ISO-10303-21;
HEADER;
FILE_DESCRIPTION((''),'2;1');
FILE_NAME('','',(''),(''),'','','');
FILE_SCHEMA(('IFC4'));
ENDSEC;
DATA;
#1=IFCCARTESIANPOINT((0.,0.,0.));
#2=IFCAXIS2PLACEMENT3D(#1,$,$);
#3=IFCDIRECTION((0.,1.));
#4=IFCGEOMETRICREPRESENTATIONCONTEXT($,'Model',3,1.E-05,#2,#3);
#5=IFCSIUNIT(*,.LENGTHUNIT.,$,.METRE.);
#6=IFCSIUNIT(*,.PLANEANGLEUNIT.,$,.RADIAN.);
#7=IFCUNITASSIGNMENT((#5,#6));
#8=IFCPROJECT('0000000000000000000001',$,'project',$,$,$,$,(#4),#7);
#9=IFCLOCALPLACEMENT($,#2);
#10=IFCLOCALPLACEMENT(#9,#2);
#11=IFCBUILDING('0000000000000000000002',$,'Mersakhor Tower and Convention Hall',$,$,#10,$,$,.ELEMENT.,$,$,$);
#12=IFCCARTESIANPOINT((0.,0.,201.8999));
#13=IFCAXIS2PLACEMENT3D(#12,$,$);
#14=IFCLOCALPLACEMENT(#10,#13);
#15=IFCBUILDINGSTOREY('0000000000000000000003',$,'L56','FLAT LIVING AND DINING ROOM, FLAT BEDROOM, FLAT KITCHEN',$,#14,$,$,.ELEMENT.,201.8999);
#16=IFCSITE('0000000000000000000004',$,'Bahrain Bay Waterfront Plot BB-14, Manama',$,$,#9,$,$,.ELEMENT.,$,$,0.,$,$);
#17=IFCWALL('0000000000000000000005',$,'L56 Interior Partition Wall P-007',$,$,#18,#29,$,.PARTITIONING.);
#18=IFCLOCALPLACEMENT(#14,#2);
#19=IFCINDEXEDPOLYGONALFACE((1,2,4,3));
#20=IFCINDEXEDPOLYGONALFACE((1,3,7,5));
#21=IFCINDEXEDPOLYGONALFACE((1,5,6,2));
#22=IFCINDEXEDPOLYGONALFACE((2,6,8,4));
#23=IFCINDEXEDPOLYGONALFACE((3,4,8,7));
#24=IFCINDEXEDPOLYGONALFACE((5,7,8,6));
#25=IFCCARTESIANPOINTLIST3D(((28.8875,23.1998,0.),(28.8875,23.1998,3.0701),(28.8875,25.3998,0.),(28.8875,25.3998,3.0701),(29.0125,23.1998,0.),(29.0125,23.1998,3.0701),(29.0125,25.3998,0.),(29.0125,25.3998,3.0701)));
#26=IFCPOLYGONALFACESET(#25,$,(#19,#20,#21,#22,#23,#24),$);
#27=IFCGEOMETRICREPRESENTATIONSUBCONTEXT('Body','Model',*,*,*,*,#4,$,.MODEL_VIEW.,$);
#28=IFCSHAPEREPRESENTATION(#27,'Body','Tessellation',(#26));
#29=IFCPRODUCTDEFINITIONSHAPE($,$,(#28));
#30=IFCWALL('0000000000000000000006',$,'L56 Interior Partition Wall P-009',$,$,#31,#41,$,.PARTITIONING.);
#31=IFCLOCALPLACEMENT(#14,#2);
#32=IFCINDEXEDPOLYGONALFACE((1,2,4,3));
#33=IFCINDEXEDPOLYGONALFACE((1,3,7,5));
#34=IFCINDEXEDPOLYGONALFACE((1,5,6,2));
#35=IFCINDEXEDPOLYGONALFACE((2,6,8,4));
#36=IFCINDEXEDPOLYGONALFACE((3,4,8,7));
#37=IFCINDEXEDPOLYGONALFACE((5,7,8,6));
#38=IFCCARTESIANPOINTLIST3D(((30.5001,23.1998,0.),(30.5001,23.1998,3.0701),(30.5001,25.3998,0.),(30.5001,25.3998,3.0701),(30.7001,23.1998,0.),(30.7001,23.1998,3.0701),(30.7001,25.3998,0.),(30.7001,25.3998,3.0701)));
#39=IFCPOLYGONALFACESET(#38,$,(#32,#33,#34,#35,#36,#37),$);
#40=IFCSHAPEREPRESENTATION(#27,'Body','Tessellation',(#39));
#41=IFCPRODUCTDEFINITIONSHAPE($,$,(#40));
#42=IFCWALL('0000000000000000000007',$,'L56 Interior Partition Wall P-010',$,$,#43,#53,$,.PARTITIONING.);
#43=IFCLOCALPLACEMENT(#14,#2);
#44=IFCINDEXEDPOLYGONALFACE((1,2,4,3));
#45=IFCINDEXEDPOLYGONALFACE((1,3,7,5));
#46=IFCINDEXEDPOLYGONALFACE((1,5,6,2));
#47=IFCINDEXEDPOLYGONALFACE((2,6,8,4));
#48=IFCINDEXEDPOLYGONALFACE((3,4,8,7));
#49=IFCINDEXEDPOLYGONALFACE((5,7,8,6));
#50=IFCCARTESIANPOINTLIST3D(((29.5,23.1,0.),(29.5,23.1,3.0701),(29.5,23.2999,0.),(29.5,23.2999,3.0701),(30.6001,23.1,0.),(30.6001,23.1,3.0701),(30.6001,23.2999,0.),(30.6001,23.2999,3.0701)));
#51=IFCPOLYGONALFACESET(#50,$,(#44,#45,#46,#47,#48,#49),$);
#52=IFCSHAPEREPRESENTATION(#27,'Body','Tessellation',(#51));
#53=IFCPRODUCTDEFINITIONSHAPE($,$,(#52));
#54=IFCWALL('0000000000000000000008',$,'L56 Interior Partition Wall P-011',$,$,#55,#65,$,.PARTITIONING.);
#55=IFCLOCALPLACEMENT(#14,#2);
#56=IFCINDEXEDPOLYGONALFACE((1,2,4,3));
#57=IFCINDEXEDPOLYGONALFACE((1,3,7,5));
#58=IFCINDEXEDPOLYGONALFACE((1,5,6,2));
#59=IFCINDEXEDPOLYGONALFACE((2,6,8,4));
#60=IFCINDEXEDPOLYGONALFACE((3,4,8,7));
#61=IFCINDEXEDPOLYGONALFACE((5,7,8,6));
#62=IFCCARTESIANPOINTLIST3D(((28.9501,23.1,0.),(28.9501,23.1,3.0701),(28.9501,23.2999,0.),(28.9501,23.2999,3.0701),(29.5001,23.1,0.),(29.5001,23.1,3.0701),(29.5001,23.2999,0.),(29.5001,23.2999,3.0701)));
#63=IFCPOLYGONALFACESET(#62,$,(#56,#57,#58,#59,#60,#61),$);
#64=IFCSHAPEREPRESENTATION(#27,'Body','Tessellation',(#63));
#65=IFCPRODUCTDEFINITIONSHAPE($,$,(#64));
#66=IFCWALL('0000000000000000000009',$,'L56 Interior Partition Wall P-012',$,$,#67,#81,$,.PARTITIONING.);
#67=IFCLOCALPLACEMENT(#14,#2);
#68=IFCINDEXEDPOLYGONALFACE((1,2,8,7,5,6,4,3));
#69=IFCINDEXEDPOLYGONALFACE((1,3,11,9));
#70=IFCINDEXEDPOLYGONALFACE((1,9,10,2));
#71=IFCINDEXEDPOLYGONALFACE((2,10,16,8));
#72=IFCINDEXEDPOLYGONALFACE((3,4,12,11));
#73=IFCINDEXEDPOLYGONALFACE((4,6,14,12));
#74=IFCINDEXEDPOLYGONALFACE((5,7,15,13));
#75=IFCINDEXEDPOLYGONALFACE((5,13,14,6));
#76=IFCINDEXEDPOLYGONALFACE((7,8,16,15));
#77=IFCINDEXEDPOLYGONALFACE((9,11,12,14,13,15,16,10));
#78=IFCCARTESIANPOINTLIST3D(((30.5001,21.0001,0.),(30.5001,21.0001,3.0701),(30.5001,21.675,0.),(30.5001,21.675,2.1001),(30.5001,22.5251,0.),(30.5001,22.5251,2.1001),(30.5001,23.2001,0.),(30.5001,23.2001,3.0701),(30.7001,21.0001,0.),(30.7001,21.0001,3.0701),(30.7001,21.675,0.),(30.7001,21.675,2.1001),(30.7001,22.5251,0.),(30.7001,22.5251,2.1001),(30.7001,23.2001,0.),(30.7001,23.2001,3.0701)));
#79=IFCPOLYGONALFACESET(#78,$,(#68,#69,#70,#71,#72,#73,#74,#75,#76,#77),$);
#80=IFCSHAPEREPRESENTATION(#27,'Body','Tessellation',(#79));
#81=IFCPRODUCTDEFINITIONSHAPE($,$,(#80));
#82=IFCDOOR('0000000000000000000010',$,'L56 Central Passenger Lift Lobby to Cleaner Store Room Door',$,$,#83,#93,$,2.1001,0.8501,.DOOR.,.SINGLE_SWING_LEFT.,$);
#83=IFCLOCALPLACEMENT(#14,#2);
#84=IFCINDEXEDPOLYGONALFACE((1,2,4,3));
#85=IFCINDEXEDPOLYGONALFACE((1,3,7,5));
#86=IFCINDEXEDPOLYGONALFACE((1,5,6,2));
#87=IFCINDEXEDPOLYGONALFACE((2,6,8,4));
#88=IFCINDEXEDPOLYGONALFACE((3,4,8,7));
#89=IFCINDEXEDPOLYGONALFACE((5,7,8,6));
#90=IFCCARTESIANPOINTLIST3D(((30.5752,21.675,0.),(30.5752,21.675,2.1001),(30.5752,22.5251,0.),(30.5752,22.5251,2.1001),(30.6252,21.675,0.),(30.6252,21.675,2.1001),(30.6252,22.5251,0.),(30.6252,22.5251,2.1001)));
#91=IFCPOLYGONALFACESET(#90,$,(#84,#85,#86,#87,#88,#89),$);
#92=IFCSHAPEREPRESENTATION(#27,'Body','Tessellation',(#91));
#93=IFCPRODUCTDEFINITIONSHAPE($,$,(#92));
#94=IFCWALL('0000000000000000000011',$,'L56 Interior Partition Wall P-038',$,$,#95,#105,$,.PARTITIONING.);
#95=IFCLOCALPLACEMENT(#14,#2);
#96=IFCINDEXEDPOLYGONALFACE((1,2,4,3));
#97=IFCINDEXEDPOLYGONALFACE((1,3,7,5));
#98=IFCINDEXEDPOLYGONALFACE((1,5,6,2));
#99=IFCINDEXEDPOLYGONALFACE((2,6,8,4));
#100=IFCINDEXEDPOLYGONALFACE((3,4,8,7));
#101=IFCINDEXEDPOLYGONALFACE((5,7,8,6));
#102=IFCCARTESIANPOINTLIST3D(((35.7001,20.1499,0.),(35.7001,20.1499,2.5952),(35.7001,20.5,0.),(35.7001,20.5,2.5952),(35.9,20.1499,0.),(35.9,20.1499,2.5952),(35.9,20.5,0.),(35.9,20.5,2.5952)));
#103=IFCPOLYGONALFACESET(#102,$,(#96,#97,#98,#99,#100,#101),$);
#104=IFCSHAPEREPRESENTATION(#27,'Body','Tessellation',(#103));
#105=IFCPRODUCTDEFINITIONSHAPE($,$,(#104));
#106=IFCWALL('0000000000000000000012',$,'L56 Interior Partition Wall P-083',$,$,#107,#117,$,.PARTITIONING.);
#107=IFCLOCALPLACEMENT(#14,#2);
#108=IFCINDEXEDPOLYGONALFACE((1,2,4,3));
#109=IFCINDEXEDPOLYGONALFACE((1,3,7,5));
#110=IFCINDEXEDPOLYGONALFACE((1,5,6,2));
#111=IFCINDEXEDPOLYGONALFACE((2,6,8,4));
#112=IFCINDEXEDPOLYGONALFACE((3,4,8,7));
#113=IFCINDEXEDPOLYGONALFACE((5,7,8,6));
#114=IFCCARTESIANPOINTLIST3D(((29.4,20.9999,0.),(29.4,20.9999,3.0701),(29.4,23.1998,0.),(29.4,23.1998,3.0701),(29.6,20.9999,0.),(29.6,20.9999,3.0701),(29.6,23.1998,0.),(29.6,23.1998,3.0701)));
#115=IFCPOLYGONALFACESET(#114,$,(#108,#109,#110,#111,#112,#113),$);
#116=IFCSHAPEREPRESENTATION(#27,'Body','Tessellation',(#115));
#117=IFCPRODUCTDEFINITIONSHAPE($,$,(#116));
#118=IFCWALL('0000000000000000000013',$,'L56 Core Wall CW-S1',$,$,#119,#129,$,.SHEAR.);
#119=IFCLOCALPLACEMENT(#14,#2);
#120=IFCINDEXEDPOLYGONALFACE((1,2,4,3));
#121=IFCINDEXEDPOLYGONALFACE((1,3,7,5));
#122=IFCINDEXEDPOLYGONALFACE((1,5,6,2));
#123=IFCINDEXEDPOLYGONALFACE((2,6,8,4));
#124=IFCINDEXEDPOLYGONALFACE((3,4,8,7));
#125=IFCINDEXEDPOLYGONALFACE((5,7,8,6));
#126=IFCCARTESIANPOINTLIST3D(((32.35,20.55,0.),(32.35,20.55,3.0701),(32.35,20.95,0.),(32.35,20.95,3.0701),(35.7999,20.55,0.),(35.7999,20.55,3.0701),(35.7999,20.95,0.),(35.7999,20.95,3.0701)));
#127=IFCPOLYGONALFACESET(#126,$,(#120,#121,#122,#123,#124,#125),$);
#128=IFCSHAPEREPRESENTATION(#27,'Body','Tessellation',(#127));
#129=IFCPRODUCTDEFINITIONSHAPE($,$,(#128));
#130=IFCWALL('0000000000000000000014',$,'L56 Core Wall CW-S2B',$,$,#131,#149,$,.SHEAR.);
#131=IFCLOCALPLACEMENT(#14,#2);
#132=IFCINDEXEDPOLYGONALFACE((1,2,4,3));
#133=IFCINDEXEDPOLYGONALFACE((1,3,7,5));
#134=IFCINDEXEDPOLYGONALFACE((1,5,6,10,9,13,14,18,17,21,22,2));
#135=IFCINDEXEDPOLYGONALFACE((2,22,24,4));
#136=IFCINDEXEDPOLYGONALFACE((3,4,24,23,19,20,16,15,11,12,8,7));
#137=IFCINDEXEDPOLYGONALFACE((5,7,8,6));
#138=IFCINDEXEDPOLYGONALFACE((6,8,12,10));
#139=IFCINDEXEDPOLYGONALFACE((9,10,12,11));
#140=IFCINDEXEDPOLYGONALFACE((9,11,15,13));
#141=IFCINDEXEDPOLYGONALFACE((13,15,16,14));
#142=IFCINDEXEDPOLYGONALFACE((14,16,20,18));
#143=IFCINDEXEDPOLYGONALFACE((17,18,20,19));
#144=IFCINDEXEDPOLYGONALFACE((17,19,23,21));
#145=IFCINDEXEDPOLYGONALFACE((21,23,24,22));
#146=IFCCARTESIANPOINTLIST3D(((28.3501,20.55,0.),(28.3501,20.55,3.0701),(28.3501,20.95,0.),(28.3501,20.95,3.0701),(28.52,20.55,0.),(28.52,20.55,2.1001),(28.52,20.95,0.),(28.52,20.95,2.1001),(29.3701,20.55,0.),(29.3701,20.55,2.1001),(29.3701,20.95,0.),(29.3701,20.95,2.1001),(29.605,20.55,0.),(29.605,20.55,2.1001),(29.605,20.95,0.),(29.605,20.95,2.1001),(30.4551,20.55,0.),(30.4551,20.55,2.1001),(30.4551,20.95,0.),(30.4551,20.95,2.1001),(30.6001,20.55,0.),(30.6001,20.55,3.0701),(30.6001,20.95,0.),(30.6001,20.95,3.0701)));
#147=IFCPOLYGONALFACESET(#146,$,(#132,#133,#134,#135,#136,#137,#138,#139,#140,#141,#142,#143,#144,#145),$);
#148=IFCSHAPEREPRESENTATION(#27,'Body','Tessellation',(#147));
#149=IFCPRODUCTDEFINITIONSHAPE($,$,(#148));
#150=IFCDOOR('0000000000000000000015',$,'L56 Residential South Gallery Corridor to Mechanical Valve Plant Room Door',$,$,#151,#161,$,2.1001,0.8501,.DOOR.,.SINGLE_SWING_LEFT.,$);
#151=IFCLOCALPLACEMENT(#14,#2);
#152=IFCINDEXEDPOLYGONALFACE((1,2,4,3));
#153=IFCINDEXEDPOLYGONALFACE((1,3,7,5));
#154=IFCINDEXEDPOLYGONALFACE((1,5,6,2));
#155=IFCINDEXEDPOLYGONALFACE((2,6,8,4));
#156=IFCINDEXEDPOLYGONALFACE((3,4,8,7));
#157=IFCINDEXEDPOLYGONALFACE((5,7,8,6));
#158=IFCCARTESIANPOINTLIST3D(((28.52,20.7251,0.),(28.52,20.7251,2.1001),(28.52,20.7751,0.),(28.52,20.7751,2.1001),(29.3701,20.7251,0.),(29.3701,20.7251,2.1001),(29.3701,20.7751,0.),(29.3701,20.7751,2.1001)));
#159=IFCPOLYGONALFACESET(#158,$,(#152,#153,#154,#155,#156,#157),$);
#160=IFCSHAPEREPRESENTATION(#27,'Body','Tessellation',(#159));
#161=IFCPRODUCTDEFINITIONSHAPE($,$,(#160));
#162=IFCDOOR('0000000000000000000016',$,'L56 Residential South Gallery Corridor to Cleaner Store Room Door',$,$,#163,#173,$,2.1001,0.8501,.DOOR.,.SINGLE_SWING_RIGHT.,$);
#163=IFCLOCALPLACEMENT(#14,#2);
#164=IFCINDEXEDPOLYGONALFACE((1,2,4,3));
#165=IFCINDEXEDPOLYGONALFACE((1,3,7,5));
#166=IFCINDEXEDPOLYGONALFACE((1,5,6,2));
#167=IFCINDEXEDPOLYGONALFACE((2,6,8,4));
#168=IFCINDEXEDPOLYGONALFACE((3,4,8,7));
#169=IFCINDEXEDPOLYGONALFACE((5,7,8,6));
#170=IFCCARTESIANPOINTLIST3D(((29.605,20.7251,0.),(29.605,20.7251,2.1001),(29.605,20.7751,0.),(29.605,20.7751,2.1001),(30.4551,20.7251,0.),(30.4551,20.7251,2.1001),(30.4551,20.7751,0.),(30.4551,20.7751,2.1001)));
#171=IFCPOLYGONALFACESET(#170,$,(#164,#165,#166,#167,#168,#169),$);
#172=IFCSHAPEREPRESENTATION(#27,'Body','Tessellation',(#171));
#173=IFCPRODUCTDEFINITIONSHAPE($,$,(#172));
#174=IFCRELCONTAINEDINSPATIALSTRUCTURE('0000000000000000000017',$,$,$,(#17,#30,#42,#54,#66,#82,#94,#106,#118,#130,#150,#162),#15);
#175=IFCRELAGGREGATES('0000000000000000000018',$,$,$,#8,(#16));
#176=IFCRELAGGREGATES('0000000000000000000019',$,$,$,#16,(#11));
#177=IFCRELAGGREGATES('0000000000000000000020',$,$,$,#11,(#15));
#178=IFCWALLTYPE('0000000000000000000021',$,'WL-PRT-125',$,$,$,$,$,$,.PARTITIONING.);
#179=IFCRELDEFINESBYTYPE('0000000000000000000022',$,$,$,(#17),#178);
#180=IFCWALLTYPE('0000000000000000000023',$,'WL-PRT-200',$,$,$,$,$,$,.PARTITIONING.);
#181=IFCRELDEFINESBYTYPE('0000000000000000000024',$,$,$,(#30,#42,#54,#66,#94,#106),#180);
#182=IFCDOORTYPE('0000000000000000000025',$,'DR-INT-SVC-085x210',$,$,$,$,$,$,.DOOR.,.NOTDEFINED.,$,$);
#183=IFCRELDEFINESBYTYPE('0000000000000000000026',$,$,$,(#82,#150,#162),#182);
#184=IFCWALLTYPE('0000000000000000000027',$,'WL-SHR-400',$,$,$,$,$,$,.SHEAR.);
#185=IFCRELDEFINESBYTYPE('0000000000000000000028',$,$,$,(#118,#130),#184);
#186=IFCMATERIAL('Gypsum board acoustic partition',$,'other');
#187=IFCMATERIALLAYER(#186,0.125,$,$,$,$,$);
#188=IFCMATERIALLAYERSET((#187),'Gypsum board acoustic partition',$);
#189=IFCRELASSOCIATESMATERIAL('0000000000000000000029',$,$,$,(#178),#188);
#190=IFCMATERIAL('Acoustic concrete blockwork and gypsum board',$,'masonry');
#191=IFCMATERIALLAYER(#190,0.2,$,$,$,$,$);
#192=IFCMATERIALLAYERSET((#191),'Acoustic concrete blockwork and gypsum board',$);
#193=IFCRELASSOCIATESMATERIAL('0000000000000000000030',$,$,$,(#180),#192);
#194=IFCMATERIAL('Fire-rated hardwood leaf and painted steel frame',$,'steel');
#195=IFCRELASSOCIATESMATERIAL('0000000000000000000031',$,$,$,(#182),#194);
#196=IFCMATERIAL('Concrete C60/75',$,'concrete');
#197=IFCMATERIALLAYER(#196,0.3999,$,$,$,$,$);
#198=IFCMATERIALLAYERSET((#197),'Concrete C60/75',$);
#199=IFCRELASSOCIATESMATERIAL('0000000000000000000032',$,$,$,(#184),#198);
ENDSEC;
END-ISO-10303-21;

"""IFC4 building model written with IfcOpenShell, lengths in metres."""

from ifc_helpers import new_model, si_unit, direction, frame, frame_2d, origin, place, context, subcontext, project, spatial, rectangle, extrude, material, layer, layer_set, type_object, element, fill, save


model = new_model("IFC4")

# Units and contexts
model_context = context("Model", 3, precision=1e-05, world=origin(), true_north=direction((0.0, 1.0)))
body_context = subcontext(model_context, "Body", "Model", "MODEL_VIEW")
ifc_project = project(units=[si_unit("LENGTHUNIT", "METRE"), si_unit("PLANEANGLEUNIT", "RADIAN")], contexts=[model_context])

# Site, building, storey
site_placement = place(None, origin())
site = spatial("IfcSite", under=ifc_project, at=site_placement, Name="Bahrain Bay Waterfront Plot BB-14, Manama", CompositionType="ELEMENT", RefElevation=0.0)
building_placement = place(site_placement, origin())
building = spatial("IfcBuilding", under=site, at=building_placement, Name="Mersakhor Tower and Convention Hall", CompositionType="ELEMENT")
storey_placement = place(building_placement, frame((0.0, 0.0, 201.8999)))
storey = spatial("IfcBuildingStorey", under=building, at=storey_placement, Name="L56", Description="FLAT LIVING AND DINING ROOM, FLAT BEDROOM, FLAT KITCHEN", CompositionType="ELEMENT", Elevation=201.8999)

# Walls
ifc_material_1 = material(Name="Gypsum board acoustic partition", Category="other")
ifc_layer_1 = layer(ifc_material_1, 0.125)
ifc_layer_set_1 = layer_set([ifc_layer_1], Name="Gypsum board acoustic partition")
wall_type_1 = type_object("IfcWallType", Name="WL-PRT-125", PredefinedType="PARTITIONING", material=ifc_layer_set_1)
wall_1_placement = place(storey_placement, frame((28.95, 25.3999, 0.0), z_axis=(0.0, 0.0, 1.0), x_axis=(0.0, -1.0, 0.0)))
element("IfcWall", 1, at=wall_1_placement, inside=storey, type_object=wall_type_1, Name="L56 Interior Partition Wall P-007", PredefinedType="PARTITIONING", context=body_context, shape_type="SweptSolid", body=[
    extrude(rectangle(XDim=2.2, YDim=0.125, at=frame_2d((1.1001, 0.0))), origin(), (0.0, 0.0, 1.0), 3.0701),
])
ifc_material_2 = material(Name="Acoustic concrete blockwork and gypsum board", Category="masonry")
ifc_layer_2 = layer(ifc_material_2, 0.2)
ifc_layer_set_2 = layer_set([ifc_layer_2], Name="Acoustic concrete blockwork and gypsum board")
wall_type_2 = type_object("IfcWallType", Name="WL-PRT-200", PredefinedType="PARTITIONING", material=ifc_layer_set_2)
wall_2_placement = place(storey_placement, frame((30.6001, 25.3999, 0.0), z_axis=(0.0, 0.0, 1.0), x_axis=(0.0, -1.0, 0.0)))
element("IfcWall", 2, at=wall_2_placement, inside=storey, type_object=wall_type_2, Name="L56 Interior Partition Wall P-009", PredefinedType="PARTITIONING", context=body_context, shape_type="SweptSolid", body=[
    extrude(rectangle(XDim=2.2, YDim=0.2, at=frame_2d((1.1001, 0.0))), origin(), (0.0, 0.0, 1.0), 3.0701),
])
wall_3_placement = place(storey_placement, frame((30.6001, 23.2, 0.0), z_axis=(0.0, 0.0, 1.0), x_axis=(-1.0, 0.0, 0.0)))
element("IfcWall", 3, at=wall_3_placement, inside=storey, type_object=wall_type_2, Name="L56 Interior Partition Wall P-010", PredefinedType="PARTITIONING", context=body_context, shape_type="SweptSolid", body=[
    extrude(rectangle(XDim=1.1001, YDim=0.2, at=frame_2d((0.55, 0.0))), origin(), (0.0, 0.0, 1.0), 3.0701),
])
wall_4_placement = place(storey_placement, frame((29.5, 23.2, 0.0), z_axis=(0.0, 0.0, 1.0), x_axis=(-1.0, 0.0, 0.0)))
element("IfcWall", 4, at=wall_4_placement, inside=storey, type_object=wall_type_2, Name="L56 Interior Partition Wall P-011", PredefinedType="PARTITIONING", context=body_context, shape_type="SweptSolid", body=[
    extrude(rectangle(XDim=0.55, YDim=0.2, at=frame_2d((0.2749, 0.0))), origin(), (0.0, 0.0, 1.0), 3.0701),
])

# Wall, opening, door
wall_5_placement = place(storey_placement, frame((30.6001, 21.0, 0.0), z_axis=(0.0, 0.0, 1.0), x_axis=(0.0, 1.0, 0.0)))
wall_5 = element("IfcWall", 5, at=wall_5_placement, inside=storey, type_object=wall_type_2, Name="L56 Interior Partition Wall P-012", PredefinedType="PARTITIONING", context=body_context, shape_type="SweptSolid", body=[
    extrude(rectangle(XDim=2.2, YDim=0.2, at=frame_2d((1.1001, 0.0))), origin(), (0.0, 0.0, 1.0), 3.0701),
])
opening_1_placement = place(wall_5_placement, frame((0.675, 0.0, 0.0)))
opening_1 = element("IfcOpeningElement", 6, at=opening_1_placement, cuts=wall_5, PredefinedType="OPENING", context=body_context, shape_type="SweptSolid", body=[
    extrude(rectangle(XDim=0.8501, YDim=2.1001, at=frame_2d((0.425, 1.05))), frame((0.0, 0.1099, 0.0), z_axis=(0.0, -1.0, 0.0), x_axis=(1.0, 0.0, 0.0)), (0.0, 0.0, 1.0), 0.22),
])
ifc_material_3 = material(Name="Fire-rated hardwood leaf and painted steel frame", Category="steel")
door_type_1 = type_object("IfcDoorType", Name="DR-INT-SVC-085x210", OperationType="NOTDEFINED", PredefinedType="DOOR", material=ifc_material_3)
door_1_placement = place(opening_1_placement, origin())
door_1 = element("IfcDoor", 7, at=door_1_placement, inside=storey, type_object=door_type_1, Name="L56 Central Passenger Lift Lobby to Cleaner Store Room Door", OperationType="SINGLE_SWING_LEFT", OverallHeight=2.1001, OverallWidth=0.8501, PredefinedType="DOOR", context=body_context, shape_type="SweptSolid", body=[
    extrude(rectangle(XDim=0.8501, YDim=2.1001, at=frame_2d((0.425, 1.05))), frame((0.0, 0.0249, 0.0), z_axis=(0.0, -1.0, 0.0), x_axis=(1.0, 0.0, 0.0)), (0.0, 0.0, 1.0), 0.05),
])
fill(opening_1, door_1)

# Walls
wall_6_placement = place(storey_placement, frame((35.8, 20.5, 0.0), z_axis=(0.0, 0.0, 1.0), x_axis=(0.0, -1.0, 0.0)))
element("IfcWall", 8, at=wall_6_placement, inside=storey, type_object=wall_type_2, Name="L56 Interior Partition Wall P-038", PredefinedType="PARTITIONING", context=body_context, shape_type="SweptSolid", body=[
    extrude(rectangle(XDim=0.3501, YDim=0.2, at=frame_2d((0.175, 0.0))), origin(), (0.0, 0.0, 1.0), 2.5952),
])
wall_7_placement = place(storey_placement, frame((29.5, 23.2, 0.0), z_axis=(0.0, 0.0, 1.0), x_axis=(0.0, -1.0, 0.0)))
element("IfcWall", 9, at=wall_7_placement, inside=storey, type_object=wall_type_2, Name="L56 Interior Partition Wall P-083", PredefinedType="PARTITIONING", context=body_context, shape_type="SweptSolid", body=[
    extrude(rectangle(XDim=2.2, YDim=0.2, at=frame_2d((1.1001, 0.0))), origin(), (0.0, 0.0, 1.0), 3.0701),
])
ifc_material_4 = material(Name="Concrete C60/75", Category="concrete")
ifc_layer_3 = layer(ifc_material_4, 0.3999)
ifc_layer_set_3 = layer_set([ifc_layer_3], Name="Concrete C60/75")
wall_type_3 = type_object("IfcWallType", Name="WL-SHR-400", PredefinedType="SHEAR", material=ifc_layer_set_3)
wall_8_placement = place(storey_placement, frame((35.8, 20.75, 0.0), z_axis=(0.0, 0.0, 1.0), x_axis=(-1.0, 0.0, 0.0)))
element("IfcWall", 10, at=wall_8_placement, inside=storey, type_object=wall_type_3, Name="L56 Core Wall CW-S1", PredefinedType="SHEAR", context=body_context, shape_type="SweptSolid", body=[
    extrude(rectangle(XDim=3.45, YDim=0.3999, at=frame_2d((1.7251, 0.0))), origin(), (0.0, 0.0, 1.0), 3.0701),
])

# Wall, openings, doors
wall_9_placement = place(storey_placement, frame((30.6001, 20.75, 0.0), z_axis=(0.0, 0.0, 1.0), x_axis=(-1.0, 0.0, 0.0)))
wall_9 = element("IfcWall", 11, at=wall_9_placement, inside=storey, type_object=wall_type_3, Name="L56 Core Wall CW-S2B", PredefinedType="SHEAR", context=body_context, shape_type="SweptSolid", body=[
    extrude(rectangle(XDim=2.25, YDim=0.3999, at=frame_2d((1.125, 0.0))), origin(), (0.0, 0.0, 1.0), 3.0701),
])
opening_2_placement = place(wall_9_placement, frame((1.23, 0.0, 0.0)))
opening_2 = element("IfcOpeningElement", 12, at=opening_2_placement, cuts=wall_9, PredefinedType="OPENING", context=body_context, shape_type="SweptSolid", body=[
    extrude(rectangle(XDim=0.8501, YDim=2.1001, at=frame_2d((0.425, 1.05))), frame((0.0, 0.21, 0.0), z_axis=(0.0, -1.0, 0.0), x_axis=(1.0, 0.0, 0.0)), (0.0, 0.0, 1.0), 0.4199),
])
opening_3_placement = place(wall_9_placement, frame((0.145, 0.0, 0.0)))
opening_3 = element("IfcOpeningElement", 13, at=opening_3_placement, cuts=wall_9, PredefinedType="OPENING", context=body_context, shape_type="SweptSolid", body=[
    extrude(rectangle(XDim=0.8501, YDim=2.1001, at=frame_2d((0.425, 1.05))), frame((0.0, 0.21, 0.0), z_axis=(0.0, -1.0, 0.0), x_axis=(1.0, 0.0, 0.0)), (0.0, 0.0, 1.0), 0.4199),
])
door_2_placement = place(opening_2_placement, origin())
door_2 = element("IfcDoor", 14, at=door_2_placement, inside=storey, type_object=door_type_1, Name="L56 Residential South Gallery Corridor to Mechanical Valve Plant Room Door", OperationType="SINGLE_SWING_LEFT", OverallHeight=2.1001, OverallWidth=0.8501, PredefinedType="DOOR", context=body_context, shape_type="SweptSolid", body=[
    extrude(rectangle(XDim=0.8501, YDim=2.1001, at=frame_2d((0.425, 1.05))), frame((0.0, 0.0249, 0.0), z_axis=(0.0, -1.0, 0.0), x_axis=(1.0, 0.0, 0.0)), (0.0, 0.0, 1.0), 0.05),
])
fill(opening_2, door_2)
door_3_placement = place(opening_3_placement, origin())
door_3 = element("IfcDoor", 15, at=door_3_placement, inside=storey, type_object=door_type_1, Name="L56 Residential South Gallery Corridor to Cleaner Store Room Door", OperationType="SINGLE_SWING_RIGHT", OverallHeight=2.1001, OverallWidth=0.8501, PredefinedType="DOOR", context=body_context, shape_type="SweptSolid", body=[
    extrude(rectangle(XDim=0.8501, YDim=2.1001, at=frame_2d((0.425, 1.05))), frame((0.0, 0.0249, 0.0), z_axis=(0.0, -1.0, 0.0), x_axis=(1.0, 0.0, 0.0)), (0.0, 0.0, 1.0), 0.05),
])
fill(opening_3, door_3)

save(model, "model.ifc")
